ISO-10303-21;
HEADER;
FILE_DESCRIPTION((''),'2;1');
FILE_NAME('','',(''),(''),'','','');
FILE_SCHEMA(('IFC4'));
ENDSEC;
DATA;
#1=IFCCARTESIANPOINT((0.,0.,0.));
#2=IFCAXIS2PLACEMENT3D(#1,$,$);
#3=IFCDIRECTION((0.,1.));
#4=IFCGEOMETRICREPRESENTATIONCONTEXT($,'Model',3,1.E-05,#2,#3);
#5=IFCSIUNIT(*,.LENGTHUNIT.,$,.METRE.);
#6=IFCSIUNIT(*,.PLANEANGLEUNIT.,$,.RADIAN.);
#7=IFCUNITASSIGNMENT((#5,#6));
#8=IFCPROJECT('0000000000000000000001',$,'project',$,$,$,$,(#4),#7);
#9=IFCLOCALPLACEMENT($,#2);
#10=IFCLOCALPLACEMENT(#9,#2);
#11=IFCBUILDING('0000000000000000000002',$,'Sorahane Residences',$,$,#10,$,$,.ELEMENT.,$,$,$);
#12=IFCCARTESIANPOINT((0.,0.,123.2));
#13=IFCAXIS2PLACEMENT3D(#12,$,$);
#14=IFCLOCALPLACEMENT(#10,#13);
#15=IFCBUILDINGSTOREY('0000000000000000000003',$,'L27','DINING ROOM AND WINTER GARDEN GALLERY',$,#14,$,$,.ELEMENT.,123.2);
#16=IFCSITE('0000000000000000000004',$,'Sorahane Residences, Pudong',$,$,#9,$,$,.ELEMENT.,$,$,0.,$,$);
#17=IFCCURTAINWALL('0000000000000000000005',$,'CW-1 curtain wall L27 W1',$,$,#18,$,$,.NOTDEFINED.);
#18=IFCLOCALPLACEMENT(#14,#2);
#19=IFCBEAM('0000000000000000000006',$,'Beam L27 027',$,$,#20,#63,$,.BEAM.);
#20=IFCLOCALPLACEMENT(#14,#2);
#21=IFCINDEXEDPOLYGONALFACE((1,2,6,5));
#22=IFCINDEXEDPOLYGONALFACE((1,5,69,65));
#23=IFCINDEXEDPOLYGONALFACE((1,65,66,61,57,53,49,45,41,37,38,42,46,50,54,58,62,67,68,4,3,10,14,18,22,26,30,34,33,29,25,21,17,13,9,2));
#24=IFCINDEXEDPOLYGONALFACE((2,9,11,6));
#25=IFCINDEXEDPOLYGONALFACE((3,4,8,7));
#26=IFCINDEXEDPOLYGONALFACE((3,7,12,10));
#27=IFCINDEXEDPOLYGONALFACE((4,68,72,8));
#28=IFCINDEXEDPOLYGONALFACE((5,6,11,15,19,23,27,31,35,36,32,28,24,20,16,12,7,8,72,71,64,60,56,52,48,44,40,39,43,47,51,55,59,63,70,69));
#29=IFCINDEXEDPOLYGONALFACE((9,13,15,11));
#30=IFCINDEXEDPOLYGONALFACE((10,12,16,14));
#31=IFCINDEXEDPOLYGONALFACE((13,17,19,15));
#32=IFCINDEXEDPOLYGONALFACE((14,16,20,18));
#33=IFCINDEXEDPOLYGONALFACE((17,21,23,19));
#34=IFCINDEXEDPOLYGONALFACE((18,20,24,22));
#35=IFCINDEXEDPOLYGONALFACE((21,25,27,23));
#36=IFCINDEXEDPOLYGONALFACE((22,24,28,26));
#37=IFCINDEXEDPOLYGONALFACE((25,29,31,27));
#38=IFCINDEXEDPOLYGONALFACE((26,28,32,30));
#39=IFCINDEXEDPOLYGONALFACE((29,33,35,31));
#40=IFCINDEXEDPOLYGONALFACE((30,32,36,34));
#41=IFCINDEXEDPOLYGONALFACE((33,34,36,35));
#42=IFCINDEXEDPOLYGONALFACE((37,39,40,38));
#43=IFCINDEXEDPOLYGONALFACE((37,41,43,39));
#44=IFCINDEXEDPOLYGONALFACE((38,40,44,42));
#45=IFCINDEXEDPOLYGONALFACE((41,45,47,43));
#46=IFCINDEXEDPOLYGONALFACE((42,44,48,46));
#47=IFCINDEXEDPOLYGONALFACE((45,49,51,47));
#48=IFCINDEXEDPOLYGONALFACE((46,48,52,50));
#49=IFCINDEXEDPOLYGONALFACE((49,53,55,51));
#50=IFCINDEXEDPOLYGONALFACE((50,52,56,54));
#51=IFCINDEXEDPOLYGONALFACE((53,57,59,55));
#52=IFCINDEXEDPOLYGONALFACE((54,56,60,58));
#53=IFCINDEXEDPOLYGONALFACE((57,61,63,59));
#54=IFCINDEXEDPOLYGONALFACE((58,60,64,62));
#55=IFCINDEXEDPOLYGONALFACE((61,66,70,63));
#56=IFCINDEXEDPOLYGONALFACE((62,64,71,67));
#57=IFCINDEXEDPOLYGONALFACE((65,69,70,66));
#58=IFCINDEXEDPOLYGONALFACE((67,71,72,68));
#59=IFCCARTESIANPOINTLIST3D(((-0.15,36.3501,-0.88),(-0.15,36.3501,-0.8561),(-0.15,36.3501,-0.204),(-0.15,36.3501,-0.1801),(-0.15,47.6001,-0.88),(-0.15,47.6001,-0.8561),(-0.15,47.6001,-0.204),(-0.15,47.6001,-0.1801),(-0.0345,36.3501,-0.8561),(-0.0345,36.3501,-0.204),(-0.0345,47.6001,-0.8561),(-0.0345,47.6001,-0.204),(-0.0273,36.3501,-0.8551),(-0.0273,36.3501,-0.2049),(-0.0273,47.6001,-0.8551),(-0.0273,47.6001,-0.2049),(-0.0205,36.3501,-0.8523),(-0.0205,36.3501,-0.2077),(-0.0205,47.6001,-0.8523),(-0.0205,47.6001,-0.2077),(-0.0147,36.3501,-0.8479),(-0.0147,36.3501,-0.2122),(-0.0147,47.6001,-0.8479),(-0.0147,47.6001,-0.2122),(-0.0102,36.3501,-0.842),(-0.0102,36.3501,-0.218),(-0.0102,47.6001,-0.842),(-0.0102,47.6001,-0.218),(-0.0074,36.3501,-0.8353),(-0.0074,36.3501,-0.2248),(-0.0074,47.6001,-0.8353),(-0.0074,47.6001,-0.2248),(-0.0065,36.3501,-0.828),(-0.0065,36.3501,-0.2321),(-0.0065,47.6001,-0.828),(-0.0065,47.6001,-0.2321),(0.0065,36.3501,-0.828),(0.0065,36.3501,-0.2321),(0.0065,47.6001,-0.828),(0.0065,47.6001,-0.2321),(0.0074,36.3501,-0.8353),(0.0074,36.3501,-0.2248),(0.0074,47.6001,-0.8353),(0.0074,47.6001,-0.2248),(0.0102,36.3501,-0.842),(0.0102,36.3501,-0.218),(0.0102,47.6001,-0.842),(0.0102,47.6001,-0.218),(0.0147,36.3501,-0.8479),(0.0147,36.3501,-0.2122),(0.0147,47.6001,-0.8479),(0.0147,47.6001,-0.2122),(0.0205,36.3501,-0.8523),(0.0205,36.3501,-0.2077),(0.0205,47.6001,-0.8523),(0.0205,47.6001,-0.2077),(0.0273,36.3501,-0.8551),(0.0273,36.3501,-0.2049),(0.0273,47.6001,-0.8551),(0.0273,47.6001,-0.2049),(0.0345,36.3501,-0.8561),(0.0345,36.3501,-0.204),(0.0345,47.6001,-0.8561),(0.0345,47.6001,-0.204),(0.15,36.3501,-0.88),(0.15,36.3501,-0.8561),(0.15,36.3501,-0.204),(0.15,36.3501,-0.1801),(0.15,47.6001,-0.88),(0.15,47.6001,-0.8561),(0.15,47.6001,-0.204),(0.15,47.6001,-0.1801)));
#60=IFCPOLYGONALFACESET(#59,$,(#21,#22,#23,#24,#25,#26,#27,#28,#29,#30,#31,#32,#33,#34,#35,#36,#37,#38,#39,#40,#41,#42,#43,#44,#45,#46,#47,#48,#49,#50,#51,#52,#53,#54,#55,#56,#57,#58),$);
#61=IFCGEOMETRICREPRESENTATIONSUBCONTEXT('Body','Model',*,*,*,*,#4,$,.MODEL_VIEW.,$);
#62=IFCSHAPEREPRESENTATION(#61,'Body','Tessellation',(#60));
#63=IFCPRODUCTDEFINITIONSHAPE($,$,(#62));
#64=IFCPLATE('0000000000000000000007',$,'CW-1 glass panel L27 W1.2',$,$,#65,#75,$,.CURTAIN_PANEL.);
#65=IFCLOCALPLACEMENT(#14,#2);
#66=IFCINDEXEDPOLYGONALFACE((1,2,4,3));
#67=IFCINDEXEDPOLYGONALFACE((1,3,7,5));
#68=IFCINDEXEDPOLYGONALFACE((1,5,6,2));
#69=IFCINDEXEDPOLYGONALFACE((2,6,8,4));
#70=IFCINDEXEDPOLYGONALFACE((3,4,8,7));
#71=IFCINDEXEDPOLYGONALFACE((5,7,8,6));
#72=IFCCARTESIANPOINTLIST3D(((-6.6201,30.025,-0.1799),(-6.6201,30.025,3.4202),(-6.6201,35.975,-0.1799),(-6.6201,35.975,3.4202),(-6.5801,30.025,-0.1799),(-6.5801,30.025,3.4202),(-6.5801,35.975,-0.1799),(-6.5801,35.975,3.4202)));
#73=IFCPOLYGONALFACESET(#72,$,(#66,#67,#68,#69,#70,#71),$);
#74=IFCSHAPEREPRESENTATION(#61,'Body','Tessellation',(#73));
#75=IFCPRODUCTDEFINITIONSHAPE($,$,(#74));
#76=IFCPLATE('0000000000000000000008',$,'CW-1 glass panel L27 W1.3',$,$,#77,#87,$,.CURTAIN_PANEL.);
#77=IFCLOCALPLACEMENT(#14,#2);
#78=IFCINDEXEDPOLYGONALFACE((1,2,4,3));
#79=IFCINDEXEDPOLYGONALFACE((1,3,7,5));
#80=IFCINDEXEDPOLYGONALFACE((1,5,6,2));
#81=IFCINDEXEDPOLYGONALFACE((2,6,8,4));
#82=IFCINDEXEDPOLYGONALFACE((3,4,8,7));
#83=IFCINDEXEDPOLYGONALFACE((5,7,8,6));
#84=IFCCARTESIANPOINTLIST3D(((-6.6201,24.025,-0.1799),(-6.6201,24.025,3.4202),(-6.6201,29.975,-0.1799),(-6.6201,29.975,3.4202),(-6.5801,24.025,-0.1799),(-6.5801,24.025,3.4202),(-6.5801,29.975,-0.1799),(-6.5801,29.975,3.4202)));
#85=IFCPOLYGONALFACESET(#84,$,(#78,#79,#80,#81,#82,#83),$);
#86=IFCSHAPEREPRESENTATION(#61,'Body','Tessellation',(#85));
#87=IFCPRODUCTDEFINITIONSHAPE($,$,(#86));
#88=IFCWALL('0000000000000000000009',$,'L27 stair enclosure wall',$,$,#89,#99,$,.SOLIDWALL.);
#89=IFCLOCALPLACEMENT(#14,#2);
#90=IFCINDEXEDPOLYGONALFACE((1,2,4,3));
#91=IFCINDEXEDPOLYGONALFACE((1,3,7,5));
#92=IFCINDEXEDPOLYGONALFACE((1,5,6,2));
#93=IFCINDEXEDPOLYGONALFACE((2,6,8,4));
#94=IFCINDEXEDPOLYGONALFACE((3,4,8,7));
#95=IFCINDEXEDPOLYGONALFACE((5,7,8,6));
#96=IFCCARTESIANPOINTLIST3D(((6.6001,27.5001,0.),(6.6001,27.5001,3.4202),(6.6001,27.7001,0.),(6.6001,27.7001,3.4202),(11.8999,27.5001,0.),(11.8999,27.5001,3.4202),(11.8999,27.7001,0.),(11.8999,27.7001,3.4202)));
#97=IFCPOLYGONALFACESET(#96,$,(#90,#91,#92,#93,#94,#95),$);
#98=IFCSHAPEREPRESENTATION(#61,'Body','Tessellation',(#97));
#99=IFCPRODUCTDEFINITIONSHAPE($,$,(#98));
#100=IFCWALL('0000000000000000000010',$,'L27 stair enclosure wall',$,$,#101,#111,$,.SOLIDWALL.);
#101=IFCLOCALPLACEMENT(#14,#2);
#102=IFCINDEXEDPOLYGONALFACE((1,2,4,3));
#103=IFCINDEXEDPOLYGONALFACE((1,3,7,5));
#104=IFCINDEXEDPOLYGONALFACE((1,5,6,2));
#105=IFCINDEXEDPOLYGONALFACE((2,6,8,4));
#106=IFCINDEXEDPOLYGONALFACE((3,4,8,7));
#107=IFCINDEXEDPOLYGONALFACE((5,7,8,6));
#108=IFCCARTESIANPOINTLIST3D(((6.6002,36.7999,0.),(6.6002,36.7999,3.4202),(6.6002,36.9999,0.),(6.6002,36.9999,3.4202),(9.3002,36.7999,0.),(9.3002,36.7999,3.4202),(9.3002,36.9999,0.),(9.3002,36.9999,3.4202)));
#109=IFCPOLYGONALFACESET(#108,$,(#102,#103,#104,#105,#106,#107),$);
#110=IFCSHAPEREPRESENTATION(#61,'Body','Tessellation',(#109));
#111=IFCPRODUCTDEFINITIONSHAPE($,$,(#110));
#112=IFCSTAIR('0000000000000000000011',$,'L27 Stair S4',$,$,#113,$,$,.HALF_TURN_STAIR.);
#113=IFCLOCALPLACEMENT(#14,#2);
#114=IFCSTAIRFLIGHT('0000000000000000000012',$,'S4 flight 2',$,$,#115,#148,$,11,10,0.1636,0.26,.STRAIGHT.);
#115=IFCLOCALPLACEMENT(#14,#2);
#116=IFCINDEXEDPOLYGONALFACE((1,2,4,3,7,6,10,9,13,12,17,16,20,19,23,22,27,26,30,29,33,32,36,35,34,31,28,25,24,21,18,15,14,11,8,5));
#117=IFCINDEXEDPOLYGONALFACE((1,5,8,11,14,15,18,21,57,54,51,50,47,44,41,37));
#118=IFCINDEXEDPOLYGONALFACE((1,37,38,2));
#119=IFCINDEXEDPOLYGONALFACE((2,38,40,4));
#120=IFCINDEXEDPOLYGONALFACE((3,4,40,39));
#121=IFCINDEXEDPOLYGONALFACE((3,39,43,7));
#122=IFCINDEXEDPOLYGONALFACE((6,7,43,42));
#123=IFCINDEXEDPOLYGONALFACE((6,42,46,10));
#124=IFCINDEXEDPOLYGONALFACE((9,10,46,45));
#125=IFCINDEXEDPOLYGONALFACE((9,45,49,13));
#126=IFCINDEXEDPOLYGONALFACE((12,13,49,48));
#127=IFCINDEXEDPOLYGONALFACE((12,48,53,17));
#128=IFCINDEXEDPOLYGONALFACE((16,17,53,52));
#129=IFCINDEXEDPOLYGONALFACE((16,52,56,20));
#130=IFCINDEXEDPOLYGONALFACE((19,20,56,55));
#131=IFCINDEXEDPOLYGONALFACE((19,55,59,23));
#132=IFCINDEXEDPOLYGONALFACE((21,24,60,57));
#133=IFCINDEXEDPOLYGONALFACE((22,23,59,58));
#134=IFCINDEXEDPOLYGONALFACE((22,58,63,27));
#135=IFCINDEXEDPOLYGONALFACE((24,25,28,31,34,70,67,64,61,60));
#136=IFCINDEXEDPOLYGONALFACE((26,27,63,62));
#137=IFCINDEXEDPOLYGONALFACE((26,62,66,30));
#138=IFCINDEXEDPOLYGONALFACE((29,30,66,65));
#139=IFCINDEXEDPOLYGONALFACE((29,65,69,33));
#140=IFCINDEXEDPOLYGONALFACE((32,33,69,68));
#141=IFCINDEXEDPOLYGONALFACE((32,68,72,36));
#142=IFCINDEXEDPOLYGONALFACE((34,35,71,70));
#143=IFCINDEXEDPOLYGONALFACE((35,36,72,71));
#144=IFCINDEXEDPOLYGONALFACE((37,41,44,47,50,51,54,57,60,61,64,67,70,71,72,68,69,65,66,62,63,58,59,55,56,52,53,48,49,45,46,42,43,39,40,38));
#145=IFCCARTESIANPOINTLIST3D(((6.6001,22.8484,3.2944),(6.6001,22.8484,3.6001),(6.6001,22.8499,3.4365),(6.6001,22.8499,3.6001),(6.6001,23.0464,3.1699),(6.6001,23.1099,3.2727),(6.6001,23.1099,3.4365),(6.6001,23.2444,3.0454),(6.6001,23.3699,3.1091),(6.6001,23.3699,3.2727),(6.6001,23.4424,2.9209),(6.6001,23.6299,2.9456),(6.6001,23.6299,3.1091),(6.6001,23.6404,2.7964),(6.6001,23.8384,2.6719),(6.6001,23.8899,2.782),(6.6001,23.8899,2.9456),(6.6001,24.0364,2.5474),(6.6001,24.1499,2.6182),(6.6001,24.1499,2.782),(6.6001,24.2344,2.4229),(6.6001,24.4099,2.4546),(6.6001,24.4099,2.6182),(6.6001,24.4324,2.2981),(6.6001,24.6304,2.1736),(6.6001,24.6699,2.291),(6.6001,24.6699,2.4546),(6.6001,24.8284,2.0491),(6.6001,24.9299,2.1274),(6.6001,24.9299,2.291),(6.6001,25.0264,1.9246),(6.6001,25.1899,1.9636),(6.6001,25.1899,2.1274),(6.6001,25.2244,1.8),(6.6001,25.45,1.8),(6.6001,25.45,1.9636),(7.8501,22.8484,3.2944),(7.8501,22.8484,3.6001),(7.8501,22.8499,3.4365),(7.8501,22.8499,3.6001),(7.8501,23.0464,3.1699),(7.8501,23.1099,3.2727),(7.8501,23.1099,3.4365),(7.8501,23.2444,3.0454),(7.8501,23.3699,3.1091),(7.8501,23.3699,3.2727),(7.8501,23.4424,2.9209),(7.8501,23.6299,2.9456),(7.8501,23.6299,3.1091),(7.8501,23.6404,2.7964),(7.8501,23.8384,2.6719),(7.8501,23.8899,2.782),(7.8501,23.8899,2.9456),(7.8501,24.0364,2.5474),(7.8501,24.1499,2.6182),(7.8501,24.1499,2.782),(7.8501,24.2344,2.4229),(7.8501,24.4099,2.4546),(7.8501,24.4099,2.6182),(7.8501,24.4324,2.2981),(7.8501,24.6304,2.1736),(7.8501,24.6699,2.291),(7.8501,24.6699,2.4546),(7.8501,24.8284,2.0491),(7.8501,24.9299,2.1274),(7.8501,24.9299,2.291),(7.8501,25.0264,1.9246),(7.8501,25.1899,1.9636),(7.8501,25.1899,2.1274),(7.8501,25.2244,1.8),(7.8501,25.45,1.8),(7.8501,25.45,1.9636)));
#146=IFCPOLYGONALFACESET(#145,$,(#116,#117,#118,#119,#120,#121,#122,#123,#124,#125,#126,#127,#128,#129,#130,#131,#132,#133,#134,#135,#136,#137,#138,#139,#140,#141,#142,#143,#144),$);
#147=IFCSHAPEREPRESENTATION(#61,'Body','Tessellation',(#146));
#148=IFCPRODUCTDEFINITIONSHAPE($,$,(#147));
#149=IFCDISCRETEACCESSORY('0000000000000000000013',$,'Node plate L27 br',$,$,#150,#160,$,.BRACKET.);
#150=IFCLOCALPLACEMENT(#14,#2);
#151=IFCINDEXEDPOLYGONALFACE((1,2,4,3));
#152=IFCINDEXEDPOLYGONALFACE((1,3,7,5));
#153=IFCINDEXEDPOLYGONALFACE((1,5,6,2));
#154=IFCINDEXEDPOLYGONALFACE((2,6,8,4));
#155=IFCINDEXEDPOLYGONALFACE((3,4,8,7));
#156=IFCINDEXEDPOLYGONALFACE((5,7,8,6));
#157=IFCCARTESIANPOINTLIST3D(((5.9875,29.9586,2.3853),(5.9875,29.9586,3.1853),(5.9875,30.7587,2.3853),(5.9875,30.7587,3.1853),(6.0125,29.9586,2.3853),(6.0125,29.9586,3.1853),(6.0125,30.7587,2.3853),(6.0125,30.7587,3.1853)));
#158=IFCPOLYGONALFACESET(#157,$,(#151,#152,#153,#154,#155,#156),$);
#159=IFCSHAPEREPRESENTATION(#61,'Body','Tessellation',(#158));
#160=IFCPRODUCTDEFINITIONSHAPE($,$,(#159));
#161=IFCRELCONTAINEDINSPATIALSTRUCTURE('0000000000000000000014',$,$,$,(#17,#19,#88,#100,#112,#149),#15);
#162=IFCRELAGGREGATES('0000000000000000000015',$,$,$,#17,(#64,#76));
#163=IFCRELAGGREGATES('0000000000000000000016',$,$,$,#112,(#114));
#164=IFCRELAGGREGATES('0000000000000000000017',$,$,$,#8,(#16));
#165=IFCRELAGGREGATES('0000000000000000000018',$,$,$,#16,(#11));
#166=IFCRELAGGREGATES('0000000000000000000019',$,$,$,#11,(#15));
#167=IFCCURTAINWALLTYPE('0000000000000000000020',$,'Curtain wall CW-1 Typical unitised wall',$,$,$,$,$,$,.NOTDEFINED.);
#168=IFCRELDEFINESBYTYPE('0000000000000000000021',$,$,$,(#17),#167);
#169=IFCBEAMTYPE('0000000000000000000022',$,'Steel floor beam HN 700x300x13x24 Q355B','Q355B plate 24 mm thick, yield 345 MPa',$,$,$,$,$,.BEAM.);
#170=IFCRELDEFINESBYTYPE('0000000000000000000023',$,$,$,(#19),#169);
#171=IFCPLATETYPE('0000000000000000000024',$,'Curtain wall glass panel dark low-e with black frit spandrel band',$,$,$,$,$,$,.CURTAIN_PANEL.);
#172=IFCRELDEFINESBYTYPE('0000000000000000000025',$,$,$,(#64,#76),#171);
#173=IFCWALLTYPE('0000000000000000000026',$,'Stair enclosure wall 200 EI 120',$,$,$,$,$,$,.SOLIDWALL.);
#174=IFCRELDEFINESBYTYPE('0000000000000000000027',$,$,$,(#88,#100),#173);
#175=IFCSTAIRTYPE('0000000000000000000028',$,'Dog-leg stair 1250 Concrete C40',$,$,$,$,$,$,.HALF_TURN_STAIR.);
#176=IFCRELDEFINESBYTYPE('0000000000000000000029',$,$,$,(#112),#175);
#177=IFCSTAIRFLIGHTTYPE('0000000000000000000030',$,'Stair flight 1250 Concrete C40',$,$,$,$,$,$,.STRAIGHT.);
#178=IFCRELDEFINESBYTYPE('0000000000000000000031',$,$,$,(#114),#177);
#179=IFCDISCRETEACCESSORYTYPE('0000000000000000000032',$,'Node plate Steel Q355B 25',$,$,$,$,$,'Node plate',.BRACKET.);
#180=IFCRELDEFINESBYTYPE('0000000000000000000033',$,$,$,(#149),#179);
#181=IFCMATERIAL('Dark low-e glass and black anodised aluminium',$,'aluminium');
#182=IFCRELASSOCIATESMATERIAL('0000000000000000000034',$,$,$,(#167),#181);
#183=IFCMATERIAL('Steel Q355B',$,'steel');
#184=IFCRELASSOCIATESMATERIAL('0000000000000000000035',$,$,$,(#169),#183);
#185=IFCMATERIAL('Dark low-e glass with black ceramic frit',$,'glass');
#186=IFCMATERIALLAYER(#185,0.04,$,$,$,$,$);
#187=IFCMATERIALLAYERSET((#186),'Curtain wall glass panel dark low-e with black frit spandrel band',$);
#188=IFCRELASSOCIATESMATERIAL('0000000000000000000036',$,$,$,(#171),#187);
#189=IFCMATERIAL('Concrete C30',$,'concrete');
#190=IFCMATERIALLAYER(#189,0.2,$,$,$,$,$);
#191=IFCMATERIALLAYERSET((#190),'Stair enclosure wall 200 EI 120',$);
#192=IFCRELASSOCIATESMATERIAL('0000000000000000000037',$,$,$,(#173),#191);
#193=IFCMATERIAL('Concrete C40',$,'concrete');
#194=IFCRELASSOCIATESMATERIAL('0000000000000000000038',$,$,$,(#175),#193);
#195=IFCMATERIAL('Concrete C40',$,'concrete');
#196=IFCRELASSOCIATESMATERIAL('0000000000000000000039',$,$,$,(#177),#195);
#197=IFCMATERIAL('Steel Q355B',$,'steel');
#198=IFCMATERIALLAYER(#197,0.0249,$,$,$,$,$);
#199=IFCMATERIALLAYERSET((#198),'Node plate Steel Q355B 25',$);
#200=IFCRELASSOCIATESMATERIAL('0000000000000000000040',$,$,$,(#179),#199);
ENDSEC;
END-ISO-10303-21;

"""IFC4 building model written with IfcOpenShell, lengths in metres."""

from ifc_helpers import new_model, si_unit, direction, frame, frame_2d, origin, origin_2d, place, context, subcontext, project, spatial, polyline, rectangle, i_section, outline, extrude, material, layer, layer_set, material_profile, profile_set, type_object, element, aggregate, save


model = new_model("IFC4")

# Units and contexts
model_context = context("Model", 3, precision=1e-05, world=origin(), true_north=direction((0.0, 1.0)))
body_context = subcontext(model_context, "Body", "Model", "MODEL_VIEW")
ifc_project = project(units=[si_unit("LENGTHUNIT", "METRE"), si_unit("PLANEANGLEUNIT", "RADIAN")], contexts=[model_context])

# Site, building, storey
site_placement = place(None, origin())
site = spatial("IfcSite", under=ifc_project, at=site_placement, Name="Sorahane Residences, Pudong", CompositionType="ELEMENT", RefElevation=0.0)
building_placement = place(site_placement, origin())
building = spatial("IfcBuilding", under=site, at=building_placement, Name="Sorahane Residences", CompositionType="ELEMENT")
storey_placement = place(building_placement, frame((0.0, 0.0, 123.2)))
storey = spatial("IfcBuildingStorey", under=building, at=storey_placement, Name="L27", Description="DINING ROOM AND WINTER GARDEN GALLERY", CompositionType="ELEMENT", Elevation=123.2)

# Curtain wall
ifc_material_1 = material(Name="Dark low-e glass and black anodised aluminium", Category="aluminium")
curtain_wall_type = type_object("IfcCurtainWallType", Name="Curtain wall CW-1 Typical unitised wall", PredefinedType="NOTDEFINED", material=ifc_material_1)
curtain_wall_placement = place(storey_placement, origin())
curtain_wall = element("IfcCurtainWall", 1, at=curtain_wall_placement, inside=storey, type_object=curtain_wall_type, Name="CW-1 curtain wall L27 W1", PredefinedType="NOTDEFINED")

# Beam
ifc_material_2 = material(Name="Steel Q355B", Category="steel")
ifc_material_profile_1 = material_profile(ifc_material_2, i_section(OverallWidth=0.3, OverallDepth=0.7, WebThickness=0.0129, FlangeThickness=0.0239, FilletRadius=0.0281, at=origin_2d()), Name="HN 700x300x13x24")
ifc_profile_set_1 = profile_set([ifc_material_profile_1], Name="Steel Q355B")
beam_type_1 = type_object("IfcBeamType", Name="Steel floor beam HN 700x300x13x24 Q355B", Description="Q355B plate 24 mm thick, yield 345 MPa", PredefinedType="BEAM", material=ifc_profile_set_1)
beam_1_placement = place(storey_placement, frame((0.0, 36.3501, -0.53), z_axis=(0.0, 1.0, 0.0), x_axis=(-1.0, 0.0, 0.0)))
element("IfcBeam", 2, at=beam_1_placement, inside=storey, type_object=beam_type_1, Name="Beam L27 027", PredefinedType="BEAM", context=body_context, shape_type="SweptSolid", body=[
    extrude(i_section(OverallWidth=0.3, OverallDepth=0.7, WebThickness=0.0129, FlangeThickness=0.0239, FilletRadius=0.0281, at=origin_2d()), origin(), (0.0, 0.0, 1.0), 11.25),
])

# Plates
ifc_material_3 = material(Name="Dark low-e glass with black ceramic frit", Category="glass")
ifc_layer_1 = layer(ifc_material_3, 0.04)
ifc_layer_set_1 = layer_set([ifc_layer_1], Name="Curtain wall glass panel dark low-e with black frit spandrel band")
plate_type = type_object("IfcPlateType", Name="Curtain wall glass panel dark low-e with black frit spandrel band", PredefinedType="CURTAIN_PANEL", material=ifc_layer_set_1)
plate_1_placement = place(storey_placement, frame((-6.6001, 33.0, -0.1799), z_axis=(0.0, 0.0, 1.0), x_axis=(0.0, -1.0, 0.0)))
plate_1 = element("IfcPlate", 3, at=plate_1_placement, type_object=plate_type, Name="CW-1 glass panel L27 W1.2", PredefinedType="CURTAIN_PANEL", context=body_context, shape_type="SweptSolid", body=[
    extrude(rectangle(XDim=5.95, YDim=0.04, at=origin_2d()), origin(), (0.0, 0.0, 1.0), 3.6001),
])
plate_2_placement = place(storey_placement, frame((-6.6001, 27.0, -0.1799), z_axis=(0.0, 0.0, 1.0), x_axis=(0.0, -1.0, 0.0)))
plate_2 = element("IfcPlate", 4, at=plate_2_placement, type_object=plate_type, Name="CW-1 glass panel L27 W1.3", PredefinedType="CURTAIN_PANEL", context=body_context, shape_type="SweptSolid", body=[
    extrude(rectangle(XDim=5.95, YDim=0.04, at=origin_2d()), origin(), (0.0, 0.0, 1.0), 3.6001),
])
aggregate(curtain_wall, [plate_1, plate_2])

# Walls
ifc_material_4 = material(Name="Concrete C30", Category="concrete")
ifc_layer_2 = layer(ifc_material_4, 0.2)
ifc_layer_set_2 = layer_set([ifc_layer_2], Name="Stair enclosure wall 200 EI 120")
wall_type = type_object("IfcWallType", Name="Stair enclosure wall 200 EI 120", PredefinedType="SOLIDWALL", material=ifc_layer_set_2)
wall_1_placement = place(storey_placement, frame((6.6001, 27.6001, 0.0), z_axis=(0.0, 0.0, 1.0), x_axis=(1.0, 0.0, 0.0)))
element("IfcWall", 5, at=wall_1_placement, inside=storey, type_object=wall_type, Name="L27 stair enclosure wall", PredefinedType="SOLIDWALL", context=body_context, shape_type="SweptSolid", body=[
    extrude(rectangle(XDim=5.2998, YDim=0.2, at=frame_2d((2.6499, 0.0))), origin(), (0.0, 0.0, 1.0), 3.4202),
])
wall_2_placement = place(storey_placement, frame((6.6001, 36.8999, 0.0), z_axis=(0.0, 0.0, 1.0), x_axis=(1.0, 0.0, 0.0)))
element("IfcWall", 6, at=wall_2_placement, inside=storey, type_object=wall_type, Name="L27 stair enclosure wall", PredefinedType="SOLIDWALL", context=body_context, shape_type="SweptSolid", body=[
    extrude(rectangle(XDim=2.7, YDim=0.2, at=frame_2d((1.3501, 0.0))), origin(), (0.0, 0.0, 1.0), 3.4202),
])

# Stair, stair flight
ifc_material_5 = material(Name="Concrete C40", Category="concrete")
stair_type = type_object("IfcStairType", Name="Dog-leg stair 1250 Concrete C40", PredefinedType="HALF_TURN_STAIR", material=ifc_material_5)
stair_placement = place(storey_placement, origin())
stair = element("IfcStair", 7, at=stair_placement, inside=storey, type_object=stair_type, Name="L27 Stair S4", PredefinedType="HALF_TURN_STAIR")
ifc_material_6 = material(Name="Concrete C40", Category="concrete")
stair_flight_type = type_object("IfcStairFlightType", Name="Stair flight 1250 Concrete C40", PredefinedType="STRAIGHT", material=ifc_material_6)
stair_flight_placement = place(storey_placement, frame((7.2251, 25.45, 1.8), z_axis=(0.0, 0.0, 1.0), x_axis=(0.0, -1.0, 0.0)))
stair_flight = element("IfcStairFlight", 8, at=stair_flight_placement, type_object=stair_flight_type, Name="S4 flight 2", NumberOfRisers=11, NumberOfTreads=10, PredefinedType="STRAIGHT", RiserHeight=0.1636, TreadLength=0.26, context=body_context, shape_type="SweptSolid", body=[
    extrude(outline(polyline([(0.0, 0.0), (0.0, 0.1636), (0.26, 0.1636), (0.26, 0.3274), (0.52, 0.3274), (0.52, 0.491), (0.78, 0.491), (0.78, 0.6545), (1.04, 0.6545), (1.04, 0.8181), (1.3, 0.8181), (1.3, 0.9819), (1.5601, 0.9819), (1.5601, 1.1455), (1.8201, 1.1455), (1.8201, 1.3091), (2.0801, 1.3091), (2.0801, 1.4727), (2.3401, 1.4727), (2.3401, 1.6365), (2.6001, 1.6365), (2.6001, 1.8), (2.6016, 1.8), (2.6016, 1.4944), (2.4036, 1.3699), (2.2056, 1.2454), (2.0076, 1.1208), (1.8096, 0.9963), (1.6116, 0.8718), (1.4136, 0.7473), (1.2156, 0.6228), (1.0176, 0.498), (0.8196, 0.3735), (0.6216, 0.249), (0.4236, 0.1245), (0.2256, 0.0), (0.0, 0.0)])), frame((0.0, 0.625, 0.0), z_axis=(0.0, -1.0, 0.0), x_axis=(1.0, 0.0, 0.0)), (0.0, 0.0, 1.0), 1.25),
])
aggregate(stair, [stair_flight])

# Discrete accessory
ifc_material_7 = material(Name="Steel Q355B", Category="steel")
ifc_layer_3 = layer(ifc_material_7, 0.0249)
ifc_layer_set_3 = layer_set([ifc_layer_3], Name="Node plate Steel Q355B 25")
discrete_accessory_type = type_object("IfcDiscreteAccessoryType", Name="Node plate Steel Q355B 25", ElementType="Node plate", PredefinedType="BRACKET", material=ifc_layer_set_3)
discrete_accessory_placement = place(storey_placement, frame((6.0, 30.3586, 2.3853), z_axis=(0.0, 0.0, 1.0), x_axis=(0.0, 1.0, 0.0)))
element("IfcDiscreteAccessory", 9, at=discrete_accessory_placement, inside=storey, type_object=discrete_accessory_type, Name="Node plate L27 br", PredefinedType="BRACKET", context=body_context, shape_type="SweptSolid", body=[
    extrude(rectangle(XDim=0.8, YDim=0.0249, at=origin_2d()), origin(), (0.0, 0.0, 1.0), 0.8),
])

save(model, "model.ifc")
